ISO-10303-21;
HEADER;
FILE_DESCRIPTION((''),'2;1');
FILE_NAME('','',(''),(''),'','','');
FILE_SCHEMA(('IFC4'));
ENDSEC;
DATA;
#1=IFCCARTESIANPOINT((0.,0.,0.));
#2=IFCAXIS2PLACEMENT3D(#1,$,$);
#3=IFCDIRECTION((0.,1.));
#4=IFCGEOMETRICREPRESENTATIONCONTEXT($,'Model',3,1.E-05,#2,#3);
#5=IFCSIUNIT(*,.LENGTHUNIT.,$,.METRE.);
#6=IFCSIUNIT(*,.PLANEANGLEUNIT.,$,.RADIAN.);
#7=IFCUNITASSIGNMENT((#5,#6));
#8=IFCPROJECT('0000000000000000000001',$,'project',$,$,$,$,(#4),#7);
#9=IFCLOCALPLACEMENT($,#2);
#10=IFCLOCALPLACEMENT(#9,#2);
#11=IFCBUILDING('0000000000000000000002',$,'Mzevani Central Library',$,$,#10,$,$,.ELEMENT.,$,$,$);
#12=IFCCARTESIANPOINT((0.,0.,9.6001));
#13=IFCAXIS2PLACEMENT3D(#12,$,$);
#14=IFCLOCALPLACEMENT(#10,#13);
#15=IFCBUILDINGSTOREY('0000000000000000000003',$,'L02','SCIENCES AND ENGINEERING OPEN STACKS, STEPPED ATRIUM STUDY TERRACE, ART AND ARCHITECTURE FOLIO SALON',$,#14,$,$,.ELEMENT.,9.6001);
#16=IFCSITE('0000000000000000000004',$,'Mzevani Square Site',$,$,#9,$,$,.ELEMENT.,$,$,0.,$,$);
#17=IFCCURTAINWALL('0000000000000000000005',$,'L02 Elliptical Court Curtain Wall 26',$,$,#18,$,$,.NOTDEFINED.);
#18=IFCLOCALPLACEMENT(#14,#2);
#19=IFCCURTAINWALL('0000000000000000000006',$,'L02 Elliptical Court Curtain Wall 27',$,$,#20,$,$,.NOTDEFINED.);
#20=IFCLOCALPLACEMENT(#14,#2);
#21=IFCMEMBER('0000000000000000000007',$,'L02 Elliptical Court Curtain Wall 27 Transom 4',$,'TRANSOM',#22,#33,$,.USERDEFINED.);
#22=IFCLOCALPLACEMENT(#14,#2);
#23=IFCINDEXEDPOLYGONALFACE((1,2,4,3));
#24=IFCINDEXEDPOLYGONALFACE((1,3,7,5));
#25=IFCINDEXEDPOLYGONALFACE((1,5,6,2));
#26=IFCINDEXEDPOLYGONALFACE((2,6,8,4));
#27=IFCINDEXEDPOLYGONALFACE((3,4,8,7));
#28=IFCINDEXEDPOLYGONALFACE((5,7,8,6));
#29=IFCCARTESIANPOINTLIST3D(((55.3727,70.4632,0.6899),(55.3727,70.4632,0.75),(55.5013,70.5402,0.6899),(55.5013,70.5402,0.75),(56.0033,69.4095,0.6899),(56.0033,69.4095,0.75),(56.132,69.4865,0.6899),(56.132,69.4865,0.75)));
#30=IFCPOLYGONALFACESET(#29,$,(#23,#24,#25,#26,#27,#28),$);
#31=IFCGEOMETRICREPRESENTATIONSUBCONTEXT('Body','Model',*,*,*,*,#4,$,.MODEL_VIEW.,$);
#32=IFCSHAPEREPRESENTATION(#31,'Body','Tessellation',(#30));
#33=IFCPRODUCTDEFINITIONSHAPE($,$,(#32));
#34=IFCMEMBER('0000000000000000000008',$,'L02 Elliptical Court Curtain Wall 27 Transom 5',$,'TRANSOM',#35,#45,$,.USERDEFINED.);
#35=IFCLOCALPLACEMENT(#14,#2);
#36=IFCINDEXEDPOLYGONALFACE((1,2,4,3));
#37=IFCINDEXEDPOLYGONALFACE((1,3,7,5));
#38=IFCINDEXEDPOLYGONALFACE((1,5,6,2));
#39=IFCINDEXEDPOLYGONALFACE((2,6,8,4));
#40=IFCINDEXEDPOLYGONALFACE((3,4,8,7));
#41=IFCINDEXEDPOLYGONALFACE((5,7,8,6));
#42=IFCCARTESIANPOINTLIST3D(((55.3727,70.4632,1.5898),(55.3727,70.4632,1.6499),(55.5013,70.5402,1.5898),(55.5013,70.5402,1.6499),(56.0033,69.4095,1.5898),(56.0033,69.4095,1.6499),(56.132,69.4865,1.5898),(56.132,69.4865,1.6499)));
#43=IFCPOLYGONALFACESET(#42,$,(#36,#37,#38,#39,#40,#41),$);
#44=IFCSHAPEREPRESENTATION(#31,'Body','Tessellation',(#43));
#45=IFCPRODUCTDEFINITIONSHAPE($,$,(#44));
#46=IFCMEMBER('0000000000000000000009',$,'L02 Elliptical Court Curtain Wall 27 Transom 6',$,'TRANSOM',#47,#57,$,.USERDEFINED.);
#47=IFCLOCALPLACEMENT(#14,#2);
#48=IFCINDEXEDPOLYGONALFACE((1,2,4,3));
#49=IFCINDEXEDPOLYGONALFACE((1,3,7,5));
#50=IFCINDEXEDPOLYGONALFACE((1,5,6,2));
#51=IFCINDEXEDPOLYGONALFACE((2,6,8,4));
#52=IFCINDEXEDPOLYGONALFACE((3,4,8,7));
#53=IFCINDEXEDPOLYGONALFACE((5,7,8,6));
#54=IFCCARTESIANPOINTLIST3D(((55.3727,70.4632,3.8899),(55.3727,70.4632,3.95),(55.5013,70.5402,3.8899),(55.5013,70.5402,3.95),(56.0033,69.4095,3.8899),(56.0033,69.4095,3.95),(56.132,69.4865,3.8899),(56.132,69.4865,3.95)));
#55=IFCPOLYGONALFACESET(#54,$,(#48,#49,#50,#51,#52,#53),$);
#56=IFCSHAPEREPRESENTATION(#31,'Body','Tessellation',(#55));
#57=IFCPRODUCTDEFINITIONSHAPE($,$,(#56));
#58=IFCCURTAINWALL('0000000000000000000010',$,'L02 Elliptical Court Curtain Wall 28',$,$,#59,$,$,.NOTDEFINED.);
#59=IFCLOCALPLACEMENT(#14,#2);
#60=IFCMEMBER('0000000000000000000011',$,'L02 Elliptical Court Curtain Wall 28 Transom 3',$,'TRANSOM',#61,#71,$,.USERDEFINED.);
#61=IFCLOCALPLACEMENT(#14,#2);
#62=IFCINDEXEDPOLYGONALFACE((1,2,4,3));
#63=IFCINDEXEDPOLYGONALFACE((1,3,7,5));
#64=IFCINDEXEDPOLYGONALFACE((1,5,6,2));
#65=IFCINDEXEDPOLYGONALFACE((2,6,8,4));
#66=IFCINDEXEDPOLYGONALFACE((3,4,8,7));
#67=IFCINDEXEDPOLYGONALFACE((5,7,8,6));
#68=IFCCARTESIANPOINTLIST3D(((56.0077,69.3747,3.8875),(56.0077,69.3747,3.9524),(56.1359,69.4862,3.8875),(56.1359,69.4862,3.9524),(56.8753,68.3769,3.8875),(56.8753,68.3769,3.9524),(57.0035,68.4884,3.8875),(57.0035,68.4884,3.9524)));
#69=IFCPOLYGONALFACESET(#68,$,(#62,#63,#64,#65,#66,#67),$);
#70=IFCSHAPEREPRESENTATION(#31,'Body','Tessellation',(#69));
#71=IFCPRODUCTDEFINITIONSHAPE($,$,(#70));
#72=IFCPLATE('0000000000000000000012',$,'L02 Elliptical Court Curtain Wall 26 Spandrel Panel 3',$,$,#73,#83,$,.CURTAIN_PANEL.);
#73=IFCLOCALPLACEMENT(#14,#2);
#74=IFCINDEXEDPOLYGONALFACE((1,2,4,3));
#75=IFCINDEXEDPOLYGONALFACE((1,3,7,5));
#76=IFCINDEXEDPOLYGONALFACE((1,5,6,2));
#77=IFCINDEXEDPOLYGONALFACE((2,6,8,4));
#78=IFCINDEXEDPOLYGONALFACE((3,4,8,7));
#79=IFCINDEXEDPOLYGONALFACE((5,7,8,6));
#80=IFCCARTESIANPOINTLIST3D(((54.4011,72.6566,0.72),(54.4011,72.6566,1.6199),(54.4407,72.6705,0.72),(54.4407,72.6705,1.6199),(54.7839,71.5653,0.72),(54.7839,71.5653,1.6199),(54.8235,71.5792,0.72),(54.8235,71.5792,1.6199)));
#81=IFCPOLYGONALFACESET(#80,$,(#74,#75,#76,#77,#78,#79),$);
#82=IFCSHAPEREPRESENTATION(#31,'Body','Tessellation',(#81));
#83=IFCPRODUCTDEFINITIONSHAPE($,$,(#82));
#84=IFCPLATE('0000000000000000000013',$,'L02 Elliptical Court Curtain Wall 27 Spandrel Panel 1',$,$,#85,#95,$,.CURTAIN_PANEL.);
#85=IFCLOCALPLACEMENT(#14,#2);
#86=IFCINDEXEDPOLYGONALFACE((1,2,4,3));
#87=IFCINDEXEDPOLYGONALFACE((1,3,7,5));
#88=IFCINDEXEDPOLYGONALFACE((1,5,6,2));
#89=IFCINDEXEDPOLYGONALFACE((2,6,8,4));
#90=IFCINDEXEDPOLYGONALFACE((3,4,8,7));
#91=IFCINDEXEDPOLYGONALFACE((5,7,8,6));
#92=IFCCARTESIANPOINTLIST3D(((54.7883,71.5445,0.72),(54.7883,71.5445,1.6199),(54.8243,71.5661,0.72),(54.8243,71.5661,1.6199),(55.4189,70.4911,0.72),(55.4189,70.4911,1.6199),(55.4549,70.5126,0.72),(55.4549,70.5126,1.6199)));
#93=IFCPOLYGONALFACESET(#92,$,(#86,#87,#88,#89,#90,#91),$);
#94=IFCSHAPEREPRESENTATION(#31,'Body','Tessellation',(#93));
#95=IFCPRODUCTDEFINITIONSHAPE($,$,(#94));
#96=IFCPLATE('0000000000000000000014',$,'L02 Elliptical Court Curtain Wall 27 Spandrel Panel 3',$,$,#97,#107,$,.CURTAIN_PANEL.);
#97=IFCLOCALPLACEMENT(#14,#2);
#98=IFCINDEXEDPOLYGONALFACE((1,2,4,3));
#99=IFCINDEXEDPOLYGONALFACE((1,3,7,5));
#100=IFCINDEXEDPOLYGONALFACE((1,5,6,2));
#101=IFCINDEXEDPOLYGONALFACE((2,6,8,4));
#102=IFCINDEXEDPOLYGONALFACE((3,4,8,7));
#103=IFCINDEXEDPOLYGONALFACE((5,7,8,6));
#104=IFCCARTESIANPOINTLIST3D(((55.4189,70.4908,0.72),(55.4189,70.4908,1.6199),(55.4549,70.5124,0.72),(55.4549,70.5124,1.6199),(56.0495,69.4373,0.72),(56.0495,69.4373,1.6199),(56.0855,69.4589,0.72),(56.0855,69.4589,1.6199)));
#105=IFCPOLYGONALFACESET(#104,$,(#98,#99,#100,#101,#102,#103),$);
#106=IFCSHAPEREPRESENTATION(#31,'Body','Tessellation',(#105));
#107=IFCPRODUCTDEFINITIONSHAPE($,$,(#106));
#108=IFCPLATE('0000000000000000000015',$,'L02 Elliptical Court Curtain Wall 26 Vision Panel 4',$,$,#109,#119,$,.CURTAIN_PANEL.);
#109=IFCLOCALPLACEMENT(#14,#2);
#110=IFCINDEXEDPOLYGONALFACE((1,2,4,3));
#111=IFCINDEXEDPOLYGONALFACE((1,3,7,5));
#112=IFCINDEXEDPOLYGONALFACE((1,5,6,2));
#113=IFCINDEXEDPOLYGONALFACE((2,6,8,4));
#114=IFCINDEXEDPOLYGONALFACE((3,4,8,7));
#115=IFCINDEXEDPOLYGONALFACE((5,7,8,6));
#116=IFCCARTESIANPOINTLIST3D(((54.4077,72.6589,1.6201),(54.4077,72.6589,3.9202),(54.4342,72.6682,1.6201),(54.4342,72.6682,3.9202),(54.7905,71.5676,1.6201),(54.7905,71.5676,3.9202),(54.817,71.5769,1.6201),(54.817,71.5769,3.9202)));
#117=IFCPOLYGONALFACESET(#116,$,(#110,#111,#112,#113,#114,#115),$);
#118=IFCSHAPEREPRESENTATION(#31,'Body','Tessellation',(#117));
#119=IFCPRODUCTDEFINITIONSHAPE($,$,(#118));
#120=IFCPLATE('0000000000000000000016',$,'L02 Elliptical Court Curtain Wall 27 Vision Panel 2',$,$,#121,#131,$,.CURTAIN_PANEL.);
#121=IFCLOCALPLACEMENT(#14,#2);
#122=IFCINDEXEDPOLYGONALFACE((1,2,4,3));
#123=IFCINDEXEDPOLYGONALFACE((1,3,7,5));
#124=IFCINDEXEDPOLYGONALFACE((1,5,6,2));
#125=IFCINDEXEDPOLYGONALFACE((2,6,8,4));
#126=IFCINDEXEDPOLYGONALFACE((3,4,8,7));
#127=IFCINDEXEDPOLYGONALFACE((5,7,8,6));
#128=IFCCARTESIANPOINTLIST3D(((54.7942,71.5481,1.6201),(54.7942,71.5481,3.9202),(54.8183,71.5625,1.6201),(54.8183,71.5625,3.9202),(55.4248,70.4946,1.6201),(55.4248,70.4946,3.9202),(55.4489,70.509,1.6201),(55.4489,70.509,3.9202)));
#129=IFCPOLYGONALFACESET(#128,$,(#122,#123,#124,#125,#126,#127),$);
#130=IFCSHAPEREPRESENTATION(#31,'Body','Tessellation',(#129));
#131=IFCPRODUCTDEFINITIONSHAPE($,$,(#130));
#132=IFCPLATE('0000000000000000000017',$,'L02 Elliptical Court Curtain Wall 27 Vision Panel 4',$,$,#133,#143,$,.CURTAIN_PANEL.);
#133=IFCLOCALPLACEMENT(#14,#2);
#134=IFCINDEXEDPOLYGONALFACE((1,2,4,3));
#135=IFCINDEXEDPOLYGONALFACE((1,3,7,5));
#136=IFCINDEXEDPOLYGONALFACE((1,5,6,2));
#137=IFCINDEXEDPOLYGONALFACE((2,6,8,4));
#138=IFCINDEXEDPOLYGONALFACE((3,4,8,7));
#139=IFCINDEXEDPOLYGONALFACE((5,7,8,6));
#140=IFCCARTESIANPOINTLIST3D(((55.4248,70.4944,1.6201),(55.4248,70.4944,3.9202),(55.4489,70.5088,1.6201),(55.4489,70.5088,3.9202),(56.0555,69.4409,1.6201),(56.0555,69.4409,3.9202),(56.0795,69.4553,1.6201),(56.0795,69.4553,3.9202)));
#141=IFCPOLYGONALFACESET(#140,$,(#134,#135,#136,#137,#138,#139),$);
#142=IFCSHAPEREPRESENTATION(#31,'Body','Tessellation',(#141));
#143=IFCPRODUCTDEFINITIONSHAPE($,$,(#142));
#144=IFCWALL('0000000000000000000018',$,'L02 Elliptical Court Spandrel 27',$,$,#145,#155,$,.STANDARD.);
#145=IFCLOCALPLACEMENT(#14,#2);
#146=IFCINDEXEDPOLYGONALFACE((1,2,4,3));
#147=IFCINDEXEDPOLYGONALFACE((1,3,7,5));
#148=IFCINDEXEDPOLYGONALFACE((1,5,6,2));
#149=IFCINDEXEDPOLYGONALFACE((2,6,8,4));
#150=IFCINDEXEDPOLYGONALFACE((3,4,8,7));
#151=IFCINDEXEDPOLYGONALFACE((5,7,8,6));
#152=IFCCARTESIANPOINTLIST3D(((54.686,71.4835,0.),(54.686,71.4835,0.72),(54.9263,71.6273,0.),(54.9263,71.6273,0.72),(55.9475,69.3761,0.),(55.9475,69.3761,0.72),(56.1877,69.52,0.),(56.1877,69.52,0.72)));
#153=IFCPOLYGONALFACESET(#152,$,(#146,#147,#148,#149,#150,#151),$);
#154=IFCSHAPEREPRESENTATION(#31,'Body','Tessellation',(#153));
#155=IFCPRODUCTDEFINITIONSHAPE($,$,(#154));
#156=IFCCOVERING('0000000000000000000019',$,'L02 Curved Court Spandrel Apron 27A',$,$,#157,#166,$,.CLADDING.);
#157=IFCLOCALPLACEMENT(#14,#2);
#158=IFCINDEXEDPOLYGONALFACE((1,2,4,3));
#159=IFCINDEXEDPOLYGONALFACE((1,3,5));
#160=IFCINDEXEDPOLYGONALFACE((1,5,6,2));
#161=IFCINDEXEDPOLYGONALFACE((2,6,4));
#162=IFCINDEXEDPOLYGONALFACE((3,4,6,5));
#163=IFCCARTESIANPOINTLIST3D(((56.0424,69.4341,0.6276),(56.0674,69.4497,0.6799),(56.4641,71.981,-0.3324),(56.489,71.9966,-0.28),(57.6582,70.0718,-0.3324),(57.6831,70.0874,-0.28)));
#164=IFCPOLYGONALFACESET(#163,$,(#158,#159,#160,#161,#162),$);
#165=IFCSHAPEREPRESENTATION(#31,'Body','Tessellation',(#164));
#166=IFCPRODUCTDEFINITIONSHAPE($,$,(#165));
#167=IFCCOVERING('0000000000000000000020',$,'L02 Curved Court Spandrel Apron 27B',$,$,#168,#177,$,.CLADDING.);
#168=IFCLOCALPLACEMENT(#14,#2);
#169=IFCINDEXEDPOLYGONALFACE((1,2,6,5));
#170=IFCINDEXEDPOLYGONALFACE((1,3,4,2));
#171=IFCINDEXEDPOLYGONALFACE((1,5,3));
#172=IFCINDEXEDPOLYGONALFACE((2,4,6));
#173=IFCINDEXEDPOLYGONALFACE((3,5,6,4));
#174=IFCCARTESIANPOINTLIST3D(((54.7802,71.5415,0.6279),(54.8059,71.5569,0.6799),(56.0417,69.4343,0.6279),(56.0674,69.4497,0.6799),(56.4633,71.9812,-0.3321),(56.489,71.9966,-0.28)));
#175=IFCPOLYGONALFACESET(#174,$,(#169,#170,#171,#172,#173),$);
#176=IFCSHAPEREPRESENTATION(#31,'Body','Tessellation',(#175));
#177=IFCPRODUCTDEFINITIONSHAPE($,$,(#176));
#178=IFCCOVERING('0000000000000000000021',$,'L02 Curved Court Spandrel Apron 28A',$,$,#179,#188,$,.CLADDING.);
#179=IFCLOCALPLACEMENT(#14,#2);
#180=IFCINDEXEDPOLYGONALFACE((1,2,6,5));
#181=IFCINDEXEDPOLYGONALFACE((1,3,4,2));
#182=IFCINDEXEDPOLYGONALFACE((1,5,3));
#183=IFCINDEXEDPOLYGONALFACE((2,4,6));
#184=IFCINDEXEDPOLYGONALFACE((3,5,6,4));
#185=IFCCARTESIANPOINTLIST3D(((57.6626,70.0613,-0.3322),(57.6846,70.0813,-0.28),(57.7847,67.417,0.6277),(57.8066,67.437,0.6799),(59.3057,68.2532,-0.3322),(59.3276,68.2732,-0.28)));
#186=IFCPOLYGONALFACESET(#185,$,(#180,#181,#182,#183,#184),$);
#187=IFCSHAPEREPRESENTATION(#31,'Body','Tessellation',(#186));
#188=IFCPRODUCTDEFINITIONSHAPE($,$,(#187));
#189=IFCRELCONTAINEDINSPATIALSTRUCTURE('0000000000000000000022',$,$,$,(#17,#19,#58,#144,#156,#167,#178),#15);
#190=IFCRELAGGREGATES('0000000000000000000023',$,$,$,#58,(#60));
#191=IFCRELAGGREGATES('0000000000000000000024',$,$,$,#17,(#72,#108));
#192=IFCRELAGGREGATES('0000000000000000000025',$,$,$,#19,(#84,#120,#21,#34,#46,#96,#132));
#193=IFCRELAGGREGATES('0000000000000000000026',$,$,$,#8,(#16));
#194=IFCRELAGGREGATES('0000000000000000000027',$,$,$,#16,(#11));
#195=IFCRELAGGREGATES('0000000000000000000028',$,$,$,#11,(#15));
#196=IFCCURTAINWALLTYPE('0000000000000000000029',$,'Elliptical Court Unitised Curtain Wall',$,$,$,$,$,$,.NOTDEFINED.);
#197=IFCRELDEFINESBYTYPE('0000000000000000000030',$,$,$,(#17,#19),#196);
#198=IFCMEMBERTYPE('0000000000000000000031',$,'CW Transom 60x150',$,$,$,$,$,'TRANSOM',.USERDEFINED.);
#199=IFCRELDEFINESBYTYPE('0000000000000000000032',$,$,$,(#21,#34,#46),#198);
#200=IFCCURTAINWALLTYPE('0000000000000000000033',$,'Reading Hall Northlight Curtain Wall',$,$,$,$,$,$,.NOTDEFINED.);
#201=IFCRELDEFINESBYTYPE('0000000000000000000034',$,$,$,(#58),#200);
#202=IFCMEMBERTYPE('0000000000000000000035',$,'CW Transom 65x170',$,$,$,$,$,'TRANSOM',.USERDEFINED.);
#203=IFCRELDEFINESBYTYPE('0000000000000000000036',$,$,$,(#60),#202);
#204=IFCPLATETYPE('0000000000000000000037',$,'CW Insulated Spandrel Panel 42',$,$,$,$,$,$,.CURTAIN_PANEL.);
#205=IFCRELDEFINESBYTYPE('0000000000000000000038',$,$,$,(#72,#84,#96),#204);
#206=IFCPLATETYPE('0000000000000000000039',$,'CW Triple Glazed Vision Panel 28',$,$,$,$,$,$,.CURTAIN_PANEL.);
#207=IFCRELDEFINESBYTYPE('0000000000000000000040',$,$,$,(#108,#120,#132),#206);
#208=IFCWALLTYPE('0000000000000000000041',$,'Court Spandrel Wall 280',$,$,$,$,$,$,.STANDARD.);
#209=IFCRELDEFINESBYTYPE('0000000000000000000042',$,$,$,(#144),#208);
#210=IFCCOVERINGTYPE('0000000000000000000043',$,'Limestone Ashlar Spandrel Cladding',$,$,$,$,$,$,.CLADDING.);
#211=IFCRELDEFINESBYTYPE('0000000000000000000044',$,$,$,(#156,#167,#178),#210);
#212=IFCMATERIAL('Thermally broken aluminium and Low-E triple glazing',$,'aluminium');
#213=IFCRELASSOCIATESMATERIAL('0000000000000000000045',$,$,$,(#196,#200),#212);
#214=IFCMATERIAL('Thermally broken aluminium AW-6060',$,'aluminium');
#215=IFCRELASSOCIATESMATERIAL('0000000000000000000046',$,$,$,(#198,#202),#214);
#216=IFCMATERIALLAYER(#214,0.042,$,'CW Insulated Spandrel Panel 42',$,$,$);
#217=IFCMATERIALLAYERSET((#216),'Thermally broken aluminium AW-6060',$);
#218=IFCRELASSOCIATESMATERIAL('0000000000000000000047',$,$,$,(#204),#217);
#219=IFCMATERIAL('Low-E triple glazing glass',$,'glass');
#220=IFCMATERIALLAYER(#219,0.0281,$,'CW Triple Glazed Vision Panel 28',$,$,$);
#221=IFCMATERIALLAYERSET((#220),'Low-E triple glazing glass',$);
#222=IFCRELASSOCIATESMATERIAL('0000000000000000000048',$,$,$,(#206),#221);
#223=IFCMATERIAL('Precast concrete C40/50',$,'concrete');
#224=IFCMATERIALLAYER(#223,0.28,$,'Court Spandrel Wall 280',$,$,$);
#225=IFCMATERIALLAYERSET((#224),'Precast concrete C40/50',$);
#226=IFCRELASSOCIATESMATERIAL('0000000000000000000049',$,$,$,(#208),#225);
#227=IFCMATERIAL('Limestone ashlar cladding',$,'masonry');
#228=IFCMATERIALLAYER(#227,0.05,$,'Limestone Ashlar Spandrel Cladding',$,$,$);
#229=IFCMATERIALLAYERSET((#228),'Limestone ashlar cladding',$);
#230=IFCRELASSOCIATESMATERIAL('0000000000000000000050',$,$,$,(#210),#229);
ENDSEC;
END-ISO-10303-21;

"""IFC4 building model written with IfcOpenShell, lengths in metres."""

from ifc_helpers import new_model, si_unit, direction, frame, frame_2d, origin, origin_2d, place, context, subcontext, project, spatial, polyline, rectangle, outline, extrude, material, layer, layer_set, material_profile, profile_set, type_object, element, aggregate, save


model = new_model("IFC4")

# Units and contexts
model_context = context("Model", 3, precision=1e-05, world=origin(), true_north=direction((0.0, 1.0)))
body_context = subcontext(model_context, "Body", "Model", "MODEL_VIEW")
ifc_project = project(units=[si_unit("LENGTHUNIT", "METRE"), si_unit("PLANEANGLEUNIT", "RADIAN")], contexts=[model_context])

# Site, building, storey
site_placement = place(None, origin())
site = spatial("IfcSite", under=ifc_project, at=site_placement, Name="Mzevani Square Site", CompositionType="ELEMENT", RefElevation=0.0)
building_placement = place(site_placement, origin())
building = spatial("IfcBuilding", under=site, at=building_placement, Name="Mzevani Central Library", CompositionType="ELEMENT")
storey_placement = place(building_placement, frame((0.0, 0.0, 9.6001)))
storey = spatial("IfcBuildingStorey", under=building, at=storey_placement, Name="L02", Description="SCIENCES AND ENGINEERING OPEN STACKS, STEPPED ATRIUM STUDY TERRACE, ART AND ARCHITECTURE FOLIO SALON", CompositionType="ELEMENT", Elevation=9.6001)

# Curtain walls
ifc_material_1 = material(Name="Thermally broken aluminium and Low-E triple glazing", Category="aluminium")
curtain_wall_type_1 = type_object("IfcCurtainWallType", Name="Elliptical Court Unitised Curtain Wall", PredefinedType="NOTDEFINED", material=ifc_material_1)
curtain_wall_1_placement = place(storey_placement, origin())
curtain_wall_1 = element("IfcCurtainWall", 1, at=curtain_wall_1_placement, inside=storey, type_object=curtain_wall_type_1, Name="L02 Elliptical Court Curtain Wall 26", PredefinedType="NOTDEFINED")
ifc_material_2 = material(Name="Thermally broken aluminium AW-6060", Category="aluminium")
curtain_wall_2_placement = place(storey_placement, origin())
curtain_wall_2 = element("IfcCurtainWall", 2, at=curtain_wall_2_placement, inside=storey, type_object=curtain_wall_type_1, Name="L02 Elliptical Court Curtain Wall 27", PredefinedType="NOTDEFINED")

# Members
ifc_material_profile_1 = material_profile(ifc_material_2, rectangle(XDim=0.1499, YDim=0.0601, at=origin_2d()), Name="ALU T60x150")
ifc_profile_set_1 = profile_set([ifc_material_profile_1], Name="Thermally broken aluminium AW-6060")
member_type_1 = type_object("IfcMemberType", Name="CW Transom 60x150", ElementType="TRANSOM", PredefinedType="USERDEFINED", material=ifc_profile_set_1)
member_1_placement = place(storey_placement, frame((55.437, 70.5017, 0.72), z_axis=(0.513531, -0.858071, 0.0), x_axis=(0.858071, 0.513531, 0.0)))
member_1 = element("IfcMember", 3, at=member_1_placement, type_object=member_type_1, Name="L02 Elliptical Court Curtain Wall 27 Transom 4", ObjectType="TRANSOM", PredefinedType="USERDEFINED", context=body_context, shape_type="SweptSolid", body=[
    extrude(rectangle(XDim=0.1499, YDim=0.0601, at=origin_2d()), origin(), (0.0, 0.0, 1.0), 1.228),
])
member_2_placement = place(storey_placement, frame((55.437, 70.5017, 1.6199), z_axis=(0.513531, -0.858071, 0.0), x_axis=(0.858071, 0.513531, 0.0)))
member_2 = element("IfcMember", 4, at=member_2_placement, type_object=member_type_1, Name="L02 Elliptical Court Curtain Wall 27 Transom 5", ObjectType="TRANSOM", PredefinedType="USERDEFINED", context=body_context, shape_type="SweptSolid", body=[
    extrude(rectangle(XDim=0.1499, YDim=0.0601, at=origin_2d()), origin(), (0.0, 0.0, 1.0), 1.228),
])
member_3_placement = place(storey_placement, frame((55.437, 70.5017, 3.9199), z_axis=(0.513531, -0.858071, 0.0), x_axis=(0.858071, 0.513531, 0.0)))
member_3 = element("IfcMember", 5, at=member_3_placement, type_object=member_type_1, Name="L02 Elliptical Court Curtain Wall 27 Transom 6", ObjectType="TRANSOM", PredefinedType="USERDEFINED", context=body_context, shape_type="SweptSolid", body=[
    extrude(rectangle(XDim=0.1499, YDim=0.0601, at=origin_2d()), origin(), (0.0, 0.0, 1.0), 1.228),
])

# Curtain wall, member
curtain_wall_type_2 = type_object("IfcCurtainWallType", Name="Reading Hall Northlight Curtain Wall", PredefinedType="NOTDEFINED", material=ifc_material_1)
curtain_wall_3_placement = place(storey_placement, origin())
curtain_wall_3 = element("IfcCurtainWall", 6, at=curtain_wall_3_placement, inside=storey, type_object=curtain_wall_type_2, Name="L02 Elliptical Court Curtain Wall 28", PredefinedType="NOTDEFINED")
ifc_material_profile_2 = material_profile(ifc_material_2, rectangle(XDim=0.1699, YDim=0.0649, at=origin_2d()), Name="ALU T65x170")
ifc_profile_set_2 = profile_set([ifc_material_profile_2], Name="Thermally broken aluminium AW-6060")
member_type_2 = type_object("IfcMemberType", Name="CW Transom 65x170", ElementType="TRANSOM", PredefinedType="USERDEFINED", material=ifc_profile_set_2)
member_4_placement = place(storey_placement, frame((56.0718, 69.4304, 3.9199), z_axis=(0.656188, -0.754598, 0.0), x_axis=(0.754598, 0.656188, 0.0)))
member_4 = element("IfcMember", 7, at=member_4_placement, type_object=member_type_2, Name="L02 Elliptical Court Curtain Wall 28 Transom 3", ObjectType="TRANSOM", PredefinedType="USERDEFINED", context=body_context, shape_type="SweptSolid", body=[
    extrude(rectangle(XDim=0.1699, YDim=0.0649, at=origin_2d()), origin(), (0.0, 0.0, 1.0), 1.3223),
])
aggregate(curtain_wall_3, [member_4])

# Plates
ifc_layer_1 = layer(ifc_material_2, 0.042, Name="CW Insulated Spandrel Panel 42")
ifc_layer_set_1 = layer_set([ifc_layer_1], Name="Thermally broken aluminium AW-6060")
plate_type_1 = type_object("IfcPlateType", Name="CW Insulated Spandrel Panel 42", PredefinedType="CURTAIN_PANEL", material=ifc_layer_set_1)
plate_1_placement = place(storey_placement, frame((54.6123, 72.1179, 0.72), z_axis=(0.0, 0.0, 1.0), x_axis=(0.331002, -0.94363, 0.0)))
plate_1 = element("IfcPlate", 8, at=plate_1_placement, type_object=plate_type_1, Name="L02 Elliptical Court Curtain Wall 26 Spandrel Panel 3", PredefinedType="CURTAIN_PANEL", context=body_context, shape_type="SweptSolid", body=[
    extrude(rectangle(XDim=1.1565, YDim=0.042, at=origin_2d()), origin(), (0.0, 0.0, 1.0), 0.8999),
])
plate_2_placement = place(storey_placement, frame((55.1216, 71.0286, 0.72), z_axis=(0.0, 0.0, 1.0), x_axis=(0.513621, -0.858017, 0.0)))
plate_2 = element("IfcPlate", 9, at=plate_2_placement, type_object=plate_type_1, Name="L02 Elliptical Court Curtain Wall 27 Spandrel Panel 1", PredefinedType="CURTAIN_PANEL", context=body_context, shape_type="SweptSolid", body=[
    extrude(rectangle(XDim=1.2278, YDim=0.042, at=origin_2d()), origin(), (0.0, 0.0, 1.0), 0.8999),
])
plate_3_placement = place(storey_placement, frame((55.7522, 69.9749, 0.72), z_axis=(0.0, 0.0, 1.0), x_axis=(0.513621, -0.858017, 0.0)))
plate_3 = element("IfcPlate", 10, at=plate_3_placement, type_object=plate_type_1, Name="L02 Elliptical Court Curtain Wall 27 Spandrel Panel 3", PredefinedType="CURTAIN_PANEL", context=body_context, shape_type="SweptSolid", body=[
    extrude(rectangle(XDim=1.2278, YDim=0.042, at=origin_2d()), origin(), (0.0, 0.0, 1.0), 0.8999),
])
ifc_material_3 = material(Name="Low-E triple glazing glass", Category="glass")
ifc_layer_2 = layer(ifc_material_3, 0.0281, Name="CW Triple Glazed Vision Panel 28")
ifc_layer_set_2 = layer_set([ifc_layer_2], Name="Low-E triple glazing glass")
plate_type_2 = type_object("IfcPlateType", Name="CW Triple Glazed Vision Panel 28", PredefinedType="CURTAIN_PANEL", material=ifc_layer_set_2)
plate_4_placement = place(storey_placement, frame((54.6123, 72.1179, 1.6201), z_axis=(0.0, 0.0, 1.0), x_axis=(0.331002, -0.94363, 0.0)))
plate_4 = element("IfcPlate", 11, at=plate_4_placement, type_object=plate_type_2, Name="L02 Elliptical Court Curtain Wall 26 Vision Panel 4", PredefinedType="CURTAIN_PANEL", context=body_context, shape_type="SweptSolid", body=[
    extrude(rectangle(XDim=1.1565, YDim=0.0281, at=origin_2d()), origin(), (0.0, 0.0, 1.0), 2.3),
])
aggregate(curtain_wall_1, [plate_1, plate_4])
plate_5_placement = place(storey_placement, frame((55.1216, 71.0286, 1.6201), z_axis=(0.0, 0.0, 1.0), x_axis=(0.513621, -0.858017, 0.0)))
plate_5 = element("IfcPlate", 12, at=plate_5_placement, type_object=plate_type_2, Name="L02 Elliptical Court Curtain Wall 27 Vision Panel 2", PredefinedType="CURTAIN_PANEL", context=body_context, shape_type="SweptSolid", body=[
    extrude(rectangle(XDim=1.2278, YDim=0.0281, at=origin_2d()), origin(), (0.0, 0.0, 1.0), 2.3),
])
plate_6_placement = place(storey_placement, frame((55.7522, 69.9749, 1.6201), z_axis=(0.0, 0.0, 1.0), x_axis=(0.513621, -0.858017, 0.0)))
plate_6 = element("IfcPlate", 13, at=plate_6_placement, type_object=plate_type_2, Name="L02 Elliptical Court Curtain Wall 27 Vision Panel 4", PredefinedType="CURTAIN_PANEL", context=body_context, shape_type="SweptSolid", body=[
    extrude(rectangle(XDim=1.2278, YDim=0.0281, at=origin_2d()), origin(), (0.0, 0.0, 1.0), 2.3),
])
aggregate(curtain_wall_2, [plate_2, plate_5, member_1, member_2, member_3, plate_3, plate_6])

# Wall
ifc_material_4 = material(Name="Precast concrete C40/50", Category="concrete")
ifc_layer_3 = layer(ifc_material_4, 0.28, Name="Court Spandrel Wall 280")
ifc_layer_set_3 = layer_set([ifc_layer_3], Name="Precast concrete C40/50")
wall_type = type_object("IfcWallType", Name="Court Spandrel Wall 280", PredefinedType="STANDARD", material=ifc_layer_set_3)
wall_placement = place(storey_placement, frame((54.8062, 71.5554, 0.0), z_axis=(0.0, 0.0, 1.0), x_axis=(0.513604, -0.858027, 0.0)))
element("IfcWall", 14, at=wall_placement, inside=storey, type_object=wall_type, Name="L02 Elliptical Court Spandrel 27", PredefinedType="STANDARD", context=body_context, shape_type="SweptSolid", body=[
    extrude(rectangle(XDim=2.4561, YDim=0.28, at=frame_2d((1.228, 0.0))), origin(), (0.0, 0.0, 1.0), 0.72),
])

# Coverings
ifc_material_5 = material(Name="Limestone ashlar cladding", Category="masonry")
ifc_layer_4 = layer(ifc_material_5, 0.05, Name="Limestone Ashlar Spandrel Cladding")
ifc_layer_set_4 = layer_set([ifc_layer_4], Name="Limestone ashlar cladding")
covering_type = type_object("IfcCoveringType", Name="Limestone Ashlar Spandrel Cladding", PredefinedType="CLADDING", material=ifc_layer_set_4)
covering_1_placement = place(storey_placement, frame((56.489, 71.9966, -0.28), z_axis=(0.415397, 0.259809, 0.871748), x_axis=(0.530272, -0.847828, 0.0)))
element("IfcCovering", 15, at=covering_1_placement, inside=storey, type_object=covering_type, Name="L02 Curved Court Spandrel Apron 27A", PredefinedType="CLADDING", context=body_context, shape_type="SweptSolid", body=[
    extrude(outline(polyline([(0.0, 0.0), (2.2518, 0.0), (1.9357, -1.9593), (0.0, 0.0)])), origin(), (0.0, 0.0, -1.0), 0.0601),
])
covering_2_placement = place(storey_placement, frame((56.489, 71.9966, -0.28), z_axis=(0.427601, 0.255986, 0.866965), x_axis=(-0.153084, -0.924709, 0.348539)))
element("IfcCovering", 16, at=covering_2_placement, inside=storey, type_object=covering_type, Name="L02 Curved Court Spandrel Apron 27B", PredefinedType="CLADDING", context=body_context, shape_type="SweptSolid", body=[
    extrude(outline(polyline([(0.0, 0.0), (2.7542, 0.0), (0.9988, -1.7176), (0.0, 0.0)])), origin(), (0.0, 0.0, -1.0), 0.0601),
])
covering_3_placement = place(storey_placement, frame((57.6846, 70.0813, -0.28), z_axis=(0.365854, 0.33246, 0.869265), x_axis=(0.672524, -0.740076, 0.0)))
element("IfcCovering", 17, at=covering_3_placement, inside=storey, type_object=covering_type, Name="L02 Curved Court Spandrel Apron 28A", PredefinedType="CLADDING", context=body_context, shape_type="SweptSolid", body=[
    extrude(outline(polyline([(0.0, 0.0), (2.4431, 0.0), (2.0391, -1.9419), (0.0, 0.0)])), origin(), (0.0, 0.0, -1.0), 0.0601),
])

save(model, "model.ifc")
